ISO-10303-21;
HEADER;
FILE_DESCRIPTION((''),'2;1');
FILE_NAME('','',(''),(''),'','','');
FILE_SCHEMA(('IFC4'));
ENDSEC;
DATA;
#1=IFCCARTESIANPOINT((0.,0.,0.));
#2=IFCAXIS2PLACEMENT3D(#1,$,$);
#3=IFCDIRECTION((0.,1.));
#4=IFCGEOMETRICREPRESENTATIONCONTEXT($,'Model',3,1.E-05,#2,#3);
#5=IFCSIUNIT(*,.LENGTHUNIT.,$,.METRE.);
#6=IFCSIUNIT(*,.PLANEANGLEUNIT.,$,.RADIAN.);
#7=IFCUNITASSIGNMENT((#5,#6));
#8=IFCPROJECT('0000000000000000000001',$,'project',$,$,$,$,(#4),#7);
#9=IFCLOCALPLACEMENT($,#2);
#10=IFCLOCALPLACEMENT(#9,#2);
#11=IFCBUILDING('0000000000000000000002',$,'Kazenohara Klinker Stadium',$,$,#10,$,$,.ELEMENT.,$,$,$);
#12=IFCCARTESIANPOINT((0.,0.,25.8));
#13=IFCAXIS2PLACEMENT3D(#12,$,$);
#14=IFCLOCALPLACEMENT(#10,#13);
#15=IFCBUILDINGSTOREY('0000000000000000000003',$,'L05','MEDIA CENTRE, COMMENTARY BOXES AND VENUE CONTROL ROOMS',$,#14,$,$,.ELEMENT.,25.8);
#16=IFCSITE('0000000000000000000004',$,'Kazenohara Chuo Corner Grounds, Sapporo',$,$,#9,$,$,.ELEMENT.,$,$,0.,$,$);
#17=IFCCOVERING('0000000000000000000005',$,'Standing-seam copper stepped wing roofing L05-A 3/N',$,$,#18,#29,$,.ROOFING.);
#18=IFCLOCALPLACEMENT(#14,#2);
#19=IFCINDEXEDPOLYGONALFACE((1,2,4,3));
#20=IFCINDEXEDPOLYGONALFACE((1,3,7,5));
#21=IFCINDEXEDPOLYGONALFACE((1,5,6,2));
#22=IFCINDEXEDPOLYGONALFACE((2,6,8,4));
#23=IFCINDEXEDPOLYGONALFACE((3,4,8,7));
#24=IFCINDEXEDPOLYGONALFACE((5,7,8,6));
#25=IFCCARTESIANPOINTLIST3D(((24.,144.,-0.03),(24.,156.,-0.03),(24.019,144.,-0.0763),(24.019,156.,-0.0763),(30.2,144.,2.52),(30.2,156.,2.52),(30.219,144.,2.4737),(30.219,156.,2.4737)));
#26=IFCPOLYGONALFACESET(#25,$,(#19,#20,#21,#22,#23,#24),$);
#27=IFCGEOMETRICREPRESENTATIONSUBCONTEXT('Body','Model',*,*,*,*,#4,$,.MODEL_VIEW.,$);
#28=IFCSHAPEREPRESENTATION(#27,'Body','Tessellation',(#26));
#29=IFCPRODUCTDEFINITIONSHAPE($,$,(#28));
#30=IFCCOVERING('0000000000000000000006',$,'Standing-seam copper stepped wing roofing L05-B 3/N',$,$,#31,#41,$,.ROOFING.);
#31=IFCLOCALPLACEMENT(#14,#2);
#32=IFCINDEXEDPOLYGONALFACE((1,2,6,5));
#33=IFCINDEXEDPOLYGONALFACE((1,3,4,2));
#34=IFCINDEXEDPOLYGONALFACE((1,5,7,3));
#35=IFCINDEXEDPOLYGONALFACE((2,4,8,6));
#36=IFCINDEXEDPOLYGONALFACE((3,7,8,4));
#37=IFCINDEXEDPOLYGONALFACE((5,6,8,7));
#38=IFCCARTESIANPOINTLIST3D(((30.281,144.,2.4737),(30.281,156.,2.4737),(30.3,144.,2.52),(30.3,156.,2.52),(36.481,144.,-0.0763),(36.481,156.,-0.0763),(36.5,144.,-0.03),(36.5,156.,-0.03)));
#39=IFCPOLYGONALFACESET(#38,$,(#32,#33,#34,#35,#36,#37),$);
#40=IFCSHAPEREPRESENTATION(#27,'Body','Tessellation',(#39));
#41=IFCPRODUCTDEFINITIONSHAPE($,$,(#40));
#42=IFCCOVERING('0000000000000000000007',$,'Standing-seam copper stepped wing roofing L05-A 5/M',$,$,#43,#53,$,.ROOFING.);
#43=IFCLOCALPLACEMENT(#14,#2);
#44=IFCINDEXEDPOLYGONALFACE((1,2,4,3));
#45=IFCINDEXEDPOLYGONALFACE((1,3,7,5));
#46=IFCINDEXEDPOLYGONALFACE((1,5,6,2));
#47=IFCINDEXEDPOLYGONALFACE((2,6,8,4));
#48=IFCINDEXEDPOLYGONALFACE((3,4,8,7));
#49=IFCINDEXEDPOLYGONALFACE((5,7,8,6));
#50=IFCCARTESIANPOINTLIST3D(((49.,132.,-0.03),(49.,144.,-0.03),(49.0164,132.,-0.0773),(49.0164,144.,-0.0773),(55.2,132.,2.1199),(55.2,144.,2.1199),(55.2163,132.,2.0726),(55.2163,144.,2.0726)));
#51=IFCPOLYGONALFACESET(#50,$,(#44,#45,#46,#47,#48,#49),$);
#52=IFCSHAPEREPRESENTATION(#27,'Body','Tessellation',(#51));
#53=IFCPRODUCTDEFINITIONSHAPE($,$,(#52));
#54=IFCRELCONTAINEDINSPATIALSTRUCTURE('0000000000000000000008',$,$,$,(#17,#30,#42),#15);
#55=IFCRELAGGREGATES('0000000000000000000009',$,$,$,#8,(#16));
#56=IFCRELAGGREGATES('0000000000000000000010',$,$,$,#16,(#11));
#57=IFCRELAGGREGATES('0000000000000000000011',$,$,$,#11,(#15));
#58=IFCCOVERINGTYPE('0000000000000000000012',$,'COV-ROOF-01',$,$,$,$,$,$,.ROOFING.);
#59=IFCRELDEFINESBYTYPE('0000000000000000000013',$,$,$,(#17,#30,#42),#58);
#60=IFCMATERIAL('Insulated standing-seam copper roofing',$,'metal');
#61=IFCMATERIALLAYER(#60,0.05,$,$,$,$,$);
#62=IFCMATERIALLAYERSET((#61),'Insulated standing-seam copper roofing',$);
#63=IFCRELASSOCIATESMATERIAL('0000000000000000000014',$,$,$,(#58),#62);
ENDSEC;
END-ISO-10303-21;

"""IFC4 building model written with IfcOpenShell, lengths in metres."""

from ifc_helpers import new_model, si_unit, direction, frame, origin, place, context, subcontext, project, spatial, polyline, outline, extrude, material, layer, layer_set, type_object, element, save


model = new_model("IFC4")

# Units and contexts
model_context = context("Model", 3, precision=1e-05, world=origin(), true_north=direction((0.0, 1.0)))
body_context = subcontext(model_context, "Body", "Model", "MODEL_VIEW")
ifc_project = project(units=[si_unit("LENGTHUNIT", "METRE"), si_unit("PLANEANGLEUNIT", "RADIAN")], contexts=[model_context])

# Site, building, storey
site_placement = place(None, origin())
site = spatial("IfcSite", under=ifc_project, at=site_placement, Name="Kazenohara Chuo Corner Grounds, Sapporo", CompositionType="ELEMENT", RefElevation=0.0)
building_placement = place(site_placement, origin())
building = spatial("IfcBuilding", under=site, at=building_placement, Name="Kazenohara Klinker Stadium", CompositionType="ELEMENT")
storey_placement = place(building_placement, frame((0.0, 0.0, 25.8)))
storey = spatial("IfcBuildingStorey", under=building, at=storey_placement, Name="L05", Description="MEDIA CENTRE, COMMENTARY BOXES AND VENUE CONTROL ROOMS", CompositionType="ELEMENT", Elevation=25.8)

# Coverings
ifc_material_1 = material(Name="Insulated standing-seam copper roofing", Category="metal")
ifc_layer_1 = layer(ifc_material_1, 0.05)
ifc_layer_set_1 = layer_set([ifc_layer_1], Name="Insulated standing-seam copper roofing")
covering_type = type_object("IfcCoveringType", Name="COV-ROOF-01", PredefinedType="ROOFING", material=ifc_layer_set_1)
for number, where, z_axis, x_axis, name in (
    (1, (24.0, 144.0, -0.03), (-0.380383, 0.0, 0.924829), (0.924829, 0.0, 0.380383), "Standing-seam copper stepped wing roofing L05-A 3/N"),
    (2, (30.3, 144.0, 2.52), (0.380383, 0.0, 0.924829), (0.924829, 0.0, -0.380383), "Standing-seam copper stepped wing roofing L05-B 3/N"),
):
    element("IfcCovering", number, at=place(storey_placement, frame(where, z_axis=z_axis, x_axis=x_axis)), inside=storey, type_object=covering_type, Name=name, PredefinedType="ROOFING", context=body_context, shape_type="SweptSolid", body=[
        extrude(outline(polyline([(0.0, 0.0), (6.7039, 0.0), (6.7039, 12.0), (0.0, 12.0), (0.0, 0.0)])), origin(), (0.0, 0.0, -1.0), 0.05),
    ])
covering_placement = place(storey_placement, frame((49.0, 132.0, -0.03), z_axis=(-0.327623, 0.0, 0.944809), x_axis=(0.944809, 0.0, 0.327623)))
element("IfcCovering", 3, at=covering_placement, inside=storey, type_object=covering_type, Name="Standing-seam copper stepped wing roofing L05-A 5/M", PredefinedType="ROOFING", context=body_context, shape_type="SweptSolid", body=[
    extrude(outline(polyline([(0.0, 0.0), (6.5621, 0.0), (6.5621, 12.0), (0.0, 12.0), (0.0, 0.0)])), origin(), (0.0, 0.0, -1.0), 0.05),
])

save(model, "model.ifc")
